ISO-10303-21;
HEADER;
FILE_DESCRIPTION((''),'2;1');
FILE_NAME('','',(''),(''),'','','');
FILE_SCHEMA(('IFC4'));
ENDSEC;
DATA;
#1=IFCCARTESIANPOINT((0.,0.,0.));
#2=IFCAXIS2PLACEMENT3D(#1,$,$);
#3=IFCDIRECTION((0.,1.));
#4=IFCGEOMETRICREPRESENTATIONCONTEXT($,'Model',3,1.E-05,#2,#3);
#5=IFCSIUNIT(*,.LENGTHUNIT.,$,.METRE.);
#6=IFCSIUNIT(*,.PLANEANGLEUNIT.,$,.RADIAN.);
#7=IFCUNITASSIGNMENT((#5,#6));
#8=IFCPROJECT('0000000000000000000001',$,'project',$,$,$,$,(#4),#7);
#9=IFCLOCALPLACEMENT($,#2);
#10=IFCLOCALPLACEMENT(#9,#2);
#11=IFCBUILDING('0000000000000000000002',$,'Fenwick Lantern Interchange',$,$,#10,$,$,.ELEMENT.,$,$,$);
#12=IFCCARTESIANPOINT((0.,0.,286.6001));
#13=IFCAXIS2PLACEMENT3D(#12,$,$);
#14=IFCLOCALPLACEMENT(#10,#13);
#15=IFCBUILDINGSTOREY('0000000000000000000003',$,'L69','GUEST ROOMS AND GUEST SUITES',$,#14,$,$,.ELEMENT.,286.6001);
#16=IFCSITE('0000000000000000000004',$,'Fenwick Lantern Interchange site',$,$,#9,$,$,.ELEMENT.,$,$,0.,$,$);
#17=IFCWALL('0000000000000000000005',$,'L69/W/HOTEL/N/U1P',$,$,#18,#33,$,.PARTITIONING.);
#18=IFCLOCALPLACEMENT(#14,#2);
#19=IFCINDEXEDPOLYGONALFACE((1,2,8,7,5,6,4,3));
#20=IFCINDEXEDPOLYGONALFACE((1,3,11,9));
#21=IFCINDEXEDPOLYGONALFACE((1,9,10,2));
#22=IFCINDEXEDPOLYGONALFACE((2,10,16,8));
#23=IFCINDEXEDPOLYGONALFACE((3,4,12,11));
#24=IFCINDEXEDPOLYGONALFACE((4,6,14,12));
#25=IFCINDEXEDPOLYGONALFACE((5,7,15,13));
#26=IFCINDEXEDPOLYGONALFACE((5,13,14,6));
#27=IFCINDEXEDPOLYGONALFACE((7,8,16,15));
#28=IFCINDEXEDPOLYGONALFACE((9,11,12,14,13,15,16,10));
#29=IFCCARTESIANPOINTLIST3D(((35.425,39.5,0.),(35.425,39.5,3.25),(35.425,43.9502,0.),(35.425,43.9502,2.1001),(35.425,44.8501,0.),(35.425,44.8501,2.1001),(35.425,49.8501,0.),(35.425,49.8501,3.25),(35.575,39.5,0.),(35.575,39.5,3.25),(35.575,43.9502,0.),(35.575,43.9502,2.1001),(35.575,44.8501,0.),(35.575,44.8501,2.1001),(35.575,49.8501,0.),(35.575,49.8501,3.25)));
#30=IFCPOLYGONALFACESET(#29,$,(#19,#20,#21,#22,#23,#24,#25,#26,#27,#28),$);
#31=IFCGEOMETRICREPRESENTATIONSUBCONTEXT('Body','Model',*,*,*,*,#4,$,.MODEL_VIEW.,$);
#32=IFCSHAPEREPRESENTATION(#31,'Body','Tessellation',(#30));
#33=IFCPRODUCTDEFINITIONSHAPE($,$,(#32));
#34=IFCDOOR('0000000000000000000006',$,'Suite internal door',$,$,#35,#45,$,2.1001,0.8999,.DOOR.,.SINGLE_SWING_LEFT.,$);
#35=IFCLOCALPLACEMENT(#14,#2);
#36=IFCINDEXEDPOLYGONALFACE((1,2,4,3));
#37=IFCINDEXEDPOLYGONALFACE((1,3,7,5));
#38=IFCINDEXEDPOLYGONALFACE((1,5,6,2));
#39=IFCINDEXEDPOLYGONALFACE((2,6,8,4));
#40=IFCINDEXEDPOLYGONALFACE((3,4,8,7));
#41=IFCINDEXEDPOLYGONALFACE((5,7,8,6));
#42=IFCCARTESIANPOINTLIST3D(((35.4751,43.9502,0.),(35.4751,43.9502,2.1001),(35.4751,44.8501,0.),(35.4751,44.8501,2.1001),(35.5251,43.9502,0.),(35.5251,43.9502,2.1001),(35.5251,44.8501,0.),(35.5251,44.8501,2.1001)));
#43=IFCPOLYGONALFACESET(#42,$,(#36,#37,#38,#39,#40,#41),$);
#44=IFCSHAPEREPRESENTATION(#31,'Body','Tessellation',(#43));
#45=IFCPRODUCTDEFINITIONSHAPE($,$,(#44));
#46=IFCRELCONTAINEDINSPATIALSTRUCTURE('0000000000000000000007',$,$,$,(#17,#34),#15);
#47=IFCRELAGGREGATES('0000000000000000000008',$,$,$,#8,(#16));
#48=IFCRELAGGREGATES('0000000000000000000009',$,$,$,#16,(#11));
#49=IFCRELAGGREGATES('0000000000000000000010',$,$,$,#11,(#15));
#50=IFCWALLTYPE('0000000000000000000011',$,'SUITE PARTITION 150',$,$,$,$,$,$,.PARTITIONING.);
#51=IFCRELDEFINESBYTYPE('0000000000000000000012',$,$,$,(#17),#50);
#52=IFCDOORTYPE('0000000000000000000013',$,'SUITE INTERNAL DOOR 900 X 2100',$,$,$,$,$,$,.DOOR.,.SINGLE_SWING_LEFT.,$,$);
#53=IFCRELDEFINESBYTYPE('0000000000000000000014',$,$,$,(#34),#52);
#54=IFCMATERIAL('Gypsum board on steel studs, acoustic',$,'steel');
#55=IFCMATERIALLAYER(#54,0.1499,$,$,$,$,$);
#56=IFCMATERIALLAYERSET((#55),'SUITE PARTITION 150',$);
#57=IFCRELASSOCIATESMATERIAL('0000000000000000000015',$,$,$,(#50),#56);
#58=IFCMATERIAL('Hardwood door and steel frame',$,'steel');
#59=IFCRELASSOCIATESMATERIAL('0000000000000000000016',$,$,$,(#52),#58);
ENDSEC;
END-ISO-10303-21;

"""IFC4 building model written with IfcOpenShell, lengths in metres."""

from ifc_helpers import new_model, si_unit, direction, frame, frame_2d, origin, place, context, subcontext, project, spatial, rectangle, extrude, material, layer, layer_set, type_object, element, fill, save


model = new_model("IFC4")

# Units and contexts
model_context = context("Model", 3, precision=1e-05, world=origin(), true_north=direction((0.0, 1.0)))
body_context = subcontext(model_context, "Body", "Model", "MODEL_VIEW")
ifc_project = project(units=[si_unit("LENGTHUNIT", "METRE"), si_unit("PLANEANGLEUNIT", "RADIAN")], contexts=[model_context])

# Site, building, storey
site_placement = place(None, origin())
site = spatial("IfcSite", under=ifc_project, at=site_placement, Name="Fenwick Lantern Interchange site", CompositionType="ELEMENT", RefElevation=0.0)
building_placement = place(site_placement, origin())
building = spatial("IfcBuilding", under=site, at=building_placement, Name="Fenwick Lantern Interchange", CompositionType="ELEMENT")
storey_placement = place(building_placement, frame((0.0, 0.0, 286.6001)))
storey = spatial("IfcBuildingStorey", under=building, at=storey_placement, Name="L69", Description="GUEST ROOMS AND GUEST SUITES", CompositionType="ELEMENT", Elevation=286.6001)

# Shared definitions
ifc_material_1 = material(Name="Hardwood door and steel frame", Category="steel")

# Wall, opening, door
ifc_material_2 = material(Name="Gypsum board on steel studs, acoustic", Category="steel")
ifc_layer_1 = layer(ifc_material_2, 0.1499)
ifc_layer_set_1 = layer_set([ifc_layer_1], Name="SUITE PARTITION 150")
wall_type_1 = type_object("IfcWallType", Name="SUITE PARTITION 150", PredefinedType="PARTITIONING", material=ifc_layer_set_1)
wall_1_placement = place(storey_placement, frame((35.5, 49.8501, 0.0), z_axis=(0.0, 0.0, 1.0), x_axis=(0.0, -1.0, 0.0)))
wall_1 = element("IfcWall", 1, at=wall_1_placement, inside=storey, type_object=wall_type_1, Name="L69/W/HOTEL/N/U1P", PredefinedType="PARTITIONING", context=body_context, shape_type="SweptSolid", body=[
    extrude(rectangle(XDim=10.3501, YDim=0.1499, at=frame_2d((5.175, 0.0))), origin(), (0.0, 0.0, 1.0), 3.25),
])
opening_1_placement = place(wall_1_placement, frame((5.0, 0.0, 0.0)))
opening_1 = element("IfcOpeningElement", 2, at=opening_1_placement, cuts=wall_1, PredefinedType="OPENING", context=body_context, shape_type="SweptSolid", body=[
    extrude(rectangle(XDim=0.8999, YDim=2.1001, at=frame_2d((0.45, 1.05))), frame((0.0, 0.085, 0.0), z_axis=(0.0, -1.0, 0.0), x_axis=(1.0, 0.0, 0.0)), (0.0, 0.0, 1.0), 0.1699),
])
door_type_1 = type_object("IfcDoorType", Name="SUITE INTERNAL DOOR 900 X 2100", OperationType="SINGLE_SWING_LEFT", PredefinedType="DOOR", material=ifc_material_1)
door_1_placement = place(opening_1_placement, frame((0.8999, 0.0, 0.0), z_axis=(0.0, 0.0, 1.0), x_axis=(-1.0, 0.0, 0.0)))
door_1 = element("IfcDoor", 3, at=door_1_placement, inside=storey, type_object=door_type_1, Name="Suite internal door", OperationType="SINGLE_SWING_LEFT", OverallHeight=2.1001, OverallWidth=0.8999, PredefinedType="DOOR", context=body_context, shape_type="SweptSolid", body=[
    extrude(rectangle(XDim=0.8999, YDim=2.1001, at=frame_2d((0.45, 1.05))), frame((0.0, 0.0249, 0.0), z_axis=(0.0, -1.0, 0.0), x_axis=(1.0, 0.0, 0.0)), (0.0, 0.0, 1.0), 0.05),
])
fill(opening_1, door_1)

save(model, "model.ifc")
